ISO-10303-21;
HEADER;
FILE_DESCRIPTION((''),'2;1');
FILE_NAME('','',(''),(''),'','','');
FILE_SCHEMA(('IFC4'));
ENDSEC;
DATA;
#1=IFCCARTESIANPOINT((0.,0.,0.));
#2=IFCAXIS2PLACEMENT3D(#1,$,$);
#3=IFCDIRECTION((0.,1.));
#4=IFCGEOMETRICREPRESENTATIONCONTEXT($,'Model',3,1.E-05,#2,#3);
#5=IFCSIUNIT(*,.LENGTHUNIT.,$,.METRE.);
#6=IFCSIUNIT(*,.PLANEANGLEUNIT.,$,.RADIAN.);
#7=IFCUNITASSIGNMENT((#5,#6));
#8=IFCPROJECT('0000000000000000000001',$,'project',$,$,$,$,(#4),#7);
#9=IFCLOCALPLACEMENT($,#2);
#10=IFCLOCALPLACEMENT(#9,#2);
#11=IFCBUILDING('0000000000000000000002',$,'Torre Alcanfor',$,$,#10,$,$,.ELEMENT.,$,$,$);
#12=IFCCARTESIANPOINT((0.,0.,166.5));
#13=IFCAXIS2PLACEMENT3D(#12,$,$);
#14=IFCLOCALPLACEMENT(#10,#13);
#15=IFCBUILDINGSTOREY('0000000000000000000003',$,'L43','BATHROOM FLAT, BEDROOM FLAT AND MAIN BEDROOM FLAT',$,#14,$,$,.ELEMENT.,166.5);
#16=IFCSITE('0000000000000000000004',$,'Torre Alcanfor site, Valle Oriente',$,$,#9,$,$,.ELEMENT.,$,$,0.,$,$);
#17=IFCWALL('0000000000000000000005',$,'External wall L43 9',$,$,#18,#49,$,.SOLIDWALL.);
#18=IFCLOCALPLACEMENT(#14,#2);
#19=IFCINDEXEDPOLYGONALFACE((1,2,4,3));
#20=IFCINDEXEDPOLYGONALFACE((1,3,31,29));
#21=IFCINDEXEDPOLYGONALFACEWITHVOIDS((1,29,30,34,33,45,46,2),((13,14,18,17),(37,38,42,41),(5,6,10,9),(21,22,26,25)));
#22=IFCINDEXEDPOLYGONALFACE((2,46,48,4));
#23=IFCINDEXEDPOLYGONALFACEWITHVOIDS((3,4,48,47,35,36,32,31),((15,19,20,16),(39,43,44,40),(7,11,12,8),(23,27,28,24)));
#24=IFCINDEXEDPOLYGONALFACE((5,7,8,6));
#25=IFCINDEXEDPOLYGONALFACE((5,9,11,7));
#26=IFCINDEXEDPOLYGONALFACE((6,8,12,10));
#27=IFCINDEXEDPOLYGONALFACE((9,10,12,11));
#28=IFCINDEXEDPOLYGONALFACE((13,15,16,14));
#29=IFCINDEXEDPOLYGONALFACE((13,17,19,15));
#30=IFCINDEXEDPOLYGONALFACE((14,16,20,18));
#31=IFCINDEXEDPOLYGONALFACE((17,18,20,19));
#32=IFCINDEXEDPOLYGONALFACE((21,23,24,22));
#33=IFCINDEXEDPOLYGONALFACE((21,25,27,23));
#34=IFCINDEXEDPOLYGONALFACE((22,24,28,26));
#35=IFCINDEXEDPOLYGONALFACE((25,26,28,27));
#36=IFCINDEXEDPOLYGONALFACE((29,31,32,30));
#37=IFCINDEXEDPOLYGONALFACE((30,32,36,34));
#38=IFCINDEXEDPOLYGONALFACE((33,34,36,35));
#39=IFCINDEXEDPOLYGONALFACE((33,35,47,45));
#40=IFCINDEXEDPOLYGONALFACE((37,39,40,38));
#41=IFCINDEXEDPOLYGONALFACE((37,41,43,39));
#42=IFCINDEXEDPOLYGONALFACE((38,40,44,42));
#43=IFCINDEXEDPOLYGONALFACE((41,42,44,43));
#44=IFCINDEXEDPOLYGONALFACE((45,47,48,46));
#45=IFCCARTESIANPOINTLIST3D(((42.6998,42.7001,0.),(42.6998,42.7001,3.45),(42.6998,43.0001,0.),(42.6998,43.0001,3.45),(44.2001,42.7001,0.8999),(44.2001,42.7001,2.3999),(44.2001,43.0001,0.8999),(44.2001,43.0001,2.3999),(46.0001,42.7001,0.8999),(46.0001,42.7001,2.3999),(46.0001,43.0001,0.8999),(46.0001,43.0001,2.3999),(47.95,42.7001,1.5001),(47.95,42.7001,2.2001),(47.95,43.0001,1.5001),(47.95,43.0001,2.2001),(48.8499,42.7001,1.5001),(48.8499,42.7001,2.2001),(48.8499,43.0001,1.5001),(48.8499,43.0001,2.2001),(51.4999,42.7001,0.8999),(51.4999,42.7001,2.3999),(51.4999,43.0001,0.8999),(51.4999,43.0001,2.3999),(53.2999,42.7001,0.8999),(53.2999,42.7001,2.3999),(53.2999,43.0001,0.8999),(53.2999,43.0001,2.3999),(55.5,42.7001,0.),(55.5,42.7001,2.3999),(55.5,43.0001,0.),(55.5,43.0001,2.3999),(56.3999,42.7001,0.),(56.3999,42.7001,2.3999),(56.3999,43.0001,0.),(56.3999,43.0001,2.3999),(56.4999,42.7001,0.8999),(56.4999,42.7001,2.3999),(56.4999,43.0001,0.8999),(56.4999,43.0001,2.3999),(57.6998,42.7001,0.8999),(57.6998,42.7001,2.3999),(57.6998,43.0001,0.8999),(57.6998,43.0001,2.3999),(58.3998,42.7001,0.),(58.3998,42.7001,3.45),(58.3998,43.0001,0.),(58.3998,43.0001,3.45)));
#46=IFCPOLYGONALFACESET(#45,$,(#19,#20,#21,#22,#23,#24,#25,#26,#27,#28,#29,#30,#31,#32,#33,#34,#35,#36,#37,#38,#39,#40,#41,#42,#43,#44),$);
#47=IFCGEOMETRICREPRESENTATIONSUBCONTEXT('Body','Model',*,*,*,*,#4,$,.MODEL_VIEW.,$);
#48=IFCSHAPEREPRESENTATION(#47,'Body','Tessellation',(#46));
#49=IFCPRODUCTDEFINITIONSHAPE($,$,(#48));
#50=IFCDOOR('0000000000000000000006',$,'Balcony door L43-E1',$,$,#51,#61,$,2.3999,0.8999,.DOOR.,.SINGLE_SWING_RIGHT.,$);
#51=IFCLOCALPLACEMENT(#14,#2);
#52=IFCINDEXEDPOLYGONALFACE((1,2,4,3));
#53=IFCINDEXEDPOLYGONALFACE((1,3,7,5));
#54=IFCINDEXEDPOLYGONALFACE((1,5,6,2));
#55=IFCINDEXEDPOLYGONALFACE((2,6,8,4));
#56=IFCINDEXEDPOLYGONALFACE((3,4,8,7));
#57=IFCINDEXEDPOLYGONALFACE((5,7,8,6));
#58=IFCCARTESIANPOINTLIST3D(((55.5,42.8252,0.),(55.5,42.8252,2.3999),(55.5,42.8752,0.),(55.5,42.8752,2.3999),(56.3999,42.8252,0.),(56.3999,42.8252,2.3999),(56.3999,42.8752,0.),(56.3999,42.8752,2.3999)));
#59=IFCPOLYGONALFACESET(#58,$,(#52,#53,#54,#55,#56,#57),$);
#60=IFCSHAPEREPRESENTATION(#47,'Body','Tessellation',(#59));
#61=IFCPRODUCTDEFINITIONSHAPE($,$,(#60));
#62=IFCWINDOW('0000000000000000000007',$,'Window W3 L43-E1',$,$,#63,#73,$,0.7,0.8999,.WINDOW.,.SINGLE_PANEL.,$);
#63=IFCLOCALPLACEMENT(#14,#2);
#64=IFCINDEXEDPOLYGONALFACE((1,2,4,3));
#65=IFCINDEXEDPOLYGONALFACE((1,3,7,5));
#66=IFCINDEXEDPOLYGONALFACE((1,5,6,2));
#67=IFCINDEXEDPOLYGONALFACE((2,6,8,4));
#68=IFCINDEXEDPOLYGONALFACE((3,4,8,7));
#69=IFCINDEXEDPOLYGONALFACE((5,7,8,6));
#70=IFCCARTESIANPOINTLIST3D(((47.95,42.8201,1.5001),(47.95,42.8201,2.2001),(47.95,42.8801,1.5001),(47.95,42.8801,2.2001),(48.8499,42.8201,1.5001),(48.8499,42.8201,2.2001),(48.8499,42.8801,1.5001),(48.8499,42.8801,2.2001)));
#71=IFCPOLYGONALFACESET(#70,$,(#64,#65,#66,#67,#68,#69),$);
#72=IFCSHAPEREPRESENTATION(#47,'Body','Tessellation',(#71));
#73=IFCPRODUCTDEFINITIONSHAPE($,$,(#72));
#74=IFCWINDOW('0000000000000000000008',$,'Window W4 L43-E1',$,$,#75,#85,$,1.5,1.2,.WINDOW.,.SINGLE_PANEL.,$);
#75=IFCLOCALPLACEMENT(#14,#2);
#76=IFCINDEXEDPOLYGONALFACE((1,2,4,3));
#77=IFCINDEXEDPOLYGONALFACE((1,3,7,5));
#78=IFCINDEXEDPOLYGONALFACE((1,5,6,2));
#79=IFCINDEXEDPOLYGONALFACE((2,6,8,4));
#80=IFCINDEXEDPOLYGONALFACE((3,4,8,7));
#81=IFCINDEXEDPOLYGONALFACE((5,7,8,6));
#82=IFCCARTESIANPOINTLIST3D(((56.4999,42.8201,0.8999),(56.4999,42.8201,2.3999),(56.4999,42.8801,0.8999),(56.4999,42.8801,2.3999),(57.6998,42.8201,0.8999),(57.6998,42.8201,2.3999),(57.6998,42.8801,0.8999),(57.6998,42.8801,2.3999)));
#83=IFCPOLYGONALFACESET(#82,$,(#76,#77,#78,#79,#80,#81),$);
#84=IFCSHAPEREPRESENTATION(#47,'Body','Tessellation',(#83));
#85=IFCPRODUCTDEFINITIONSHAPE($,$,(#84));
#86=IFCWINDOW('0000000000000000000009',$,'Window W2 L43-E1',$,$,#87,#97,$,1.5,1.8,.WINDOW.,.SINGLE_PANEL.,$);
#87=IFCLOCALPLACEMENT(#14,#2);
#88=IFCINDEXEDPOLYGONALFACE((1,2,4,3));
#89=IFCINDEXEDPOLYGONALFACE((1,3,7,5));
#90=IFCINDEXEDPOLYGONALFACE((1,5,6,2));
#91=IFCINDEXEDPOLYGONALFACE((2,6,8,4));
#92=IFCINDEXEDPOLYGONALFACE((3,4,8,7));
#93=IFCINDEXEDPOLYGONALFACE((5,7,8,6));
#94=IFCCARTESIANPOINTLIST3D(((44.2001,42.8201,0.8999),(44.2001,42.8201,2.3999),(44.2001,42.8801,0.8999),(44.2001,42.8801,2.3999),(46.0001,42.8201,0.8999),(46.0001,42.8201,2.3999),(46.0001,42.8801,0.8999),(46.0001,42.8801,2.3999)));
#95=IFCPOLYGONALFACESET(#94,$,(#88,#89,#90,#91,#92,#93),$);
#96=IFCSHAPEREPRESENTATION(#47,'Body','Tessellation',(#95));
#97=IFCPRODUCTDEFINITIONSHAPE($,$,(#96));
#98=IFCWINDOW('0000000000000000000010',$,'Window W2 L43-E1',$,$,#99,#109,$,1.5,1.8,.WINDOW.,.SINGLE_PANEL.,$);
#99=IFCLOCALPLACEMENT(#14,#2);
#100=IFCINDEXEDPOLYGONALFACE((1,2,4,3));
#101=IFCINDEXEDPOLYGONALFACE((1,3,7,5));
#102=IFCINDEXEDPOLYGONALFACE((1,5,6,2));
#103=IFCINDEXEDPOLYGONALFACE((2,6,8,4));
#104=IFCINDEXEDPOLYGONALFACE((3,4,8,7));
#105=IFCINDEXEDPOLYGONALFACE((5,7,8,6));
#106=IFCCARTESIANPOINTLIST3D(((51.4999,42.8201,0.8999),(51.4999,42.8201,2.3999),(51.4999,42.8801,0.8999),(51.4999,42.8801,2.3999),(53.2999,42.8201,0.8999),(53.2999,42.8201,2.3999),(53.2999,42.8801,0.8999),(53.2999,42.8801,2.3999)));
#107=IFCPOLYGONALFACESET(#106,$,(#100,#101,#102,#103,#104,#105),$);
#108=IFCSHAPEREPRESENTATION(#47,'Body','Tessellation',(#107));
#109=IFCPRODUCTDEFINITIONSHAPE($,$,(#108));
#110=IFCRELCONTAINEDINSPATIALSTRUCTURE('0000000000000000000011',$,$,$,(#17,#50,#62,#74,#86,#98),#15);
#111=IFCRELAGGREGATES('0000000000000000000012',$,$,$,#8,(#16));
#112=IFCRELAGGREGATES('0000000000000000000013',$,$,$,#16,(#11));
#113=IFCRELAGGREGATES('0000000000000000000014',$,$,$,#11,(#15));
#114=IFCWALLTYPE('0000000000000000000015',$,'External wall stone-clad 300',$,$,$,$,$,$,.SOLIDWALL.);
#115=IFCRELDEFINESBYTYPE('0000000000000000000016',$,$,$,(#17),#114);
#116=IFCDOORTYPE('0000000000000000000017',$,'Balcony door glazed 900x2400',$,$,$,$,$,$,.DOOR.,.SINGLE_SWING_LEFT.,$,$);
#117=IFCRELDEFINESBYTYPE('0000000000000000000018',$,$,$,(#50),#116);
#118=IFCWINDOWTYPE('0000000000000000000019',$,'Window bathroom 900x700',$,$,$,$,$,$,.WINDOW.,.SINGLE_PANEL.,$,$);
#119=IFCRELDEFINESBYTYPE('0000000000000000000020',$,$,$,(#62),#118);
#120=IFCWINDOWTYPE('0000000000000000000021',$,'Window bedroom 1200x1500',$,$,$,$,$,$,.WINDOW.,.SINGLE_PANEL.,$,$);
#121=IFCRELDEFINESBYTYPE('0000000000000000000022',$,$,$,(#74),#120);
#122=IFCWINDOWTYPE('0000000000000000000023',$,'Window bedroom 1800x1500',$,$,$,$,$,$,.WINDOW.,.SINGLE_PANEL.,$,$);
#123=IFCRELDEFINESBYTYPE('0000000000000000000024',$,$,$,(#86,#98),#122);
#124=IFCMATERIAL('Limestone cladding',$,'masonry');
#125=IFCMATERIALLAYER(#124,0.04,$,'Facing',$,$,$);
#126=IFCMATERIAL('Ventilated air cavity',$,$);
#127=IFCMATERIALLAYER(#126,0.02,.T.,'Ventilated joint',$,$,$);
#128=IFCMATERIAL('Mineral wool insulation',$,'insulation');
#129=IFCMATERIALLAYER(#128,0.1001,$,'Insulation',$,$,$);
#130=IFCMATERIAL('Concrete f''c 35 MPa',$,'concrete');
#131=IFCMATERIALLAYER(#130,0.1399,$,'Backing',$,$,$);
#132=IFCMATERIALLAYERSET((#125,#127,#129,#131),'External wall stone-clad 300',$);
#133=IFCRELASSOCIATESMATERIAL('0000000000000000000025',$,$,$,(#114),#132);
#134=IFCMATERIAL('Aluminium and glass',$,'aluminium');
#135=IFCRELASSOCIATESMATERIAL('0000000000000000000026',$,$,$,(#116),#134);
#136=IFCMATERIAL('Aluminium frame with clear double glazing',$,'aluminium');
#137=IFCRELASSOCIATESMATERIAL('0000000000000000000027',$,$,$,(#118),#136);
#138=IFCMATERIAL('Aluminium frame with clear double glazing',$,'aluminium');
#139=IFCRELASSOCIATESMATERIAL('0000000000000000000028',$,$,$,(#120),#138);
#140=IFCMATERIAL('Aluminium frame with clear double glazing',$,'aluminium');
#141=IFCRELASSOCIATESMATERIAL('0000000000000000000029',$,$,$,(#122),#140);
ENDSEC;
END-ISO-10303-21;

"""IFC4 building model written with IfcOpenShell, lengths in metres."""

from ifc_helpers import new_model, si_unit, direction, frame, frame_2d, origin, place, context, subcontext, project, spatial, rectangle, extrude, material, layer, layer_set, type_object, element, fill, save


model = new_model("IFC4")

# Units and contexts
model_context = context("Model", 3, precision=1e-05, world=origin(), true_north=direction((0.0, 1.0)))
body_context = subcontext(model_context, "Body", "Model", "MODEL_VIEW")
ifc_project = project(units=[si_unit("LENGTHUNIT", "METRE"), si_unit("PLANEANGLEUNIT", "RADIAN")], contexts=[model_context])

# Site, building, storey
site_placement = place(None, origin())
site = spatial("IfcSite", under=ifc_project, at=site_placement, Name="Torre Alcanfor site, Valle Oriente", CompositionType="ELEMENT", RefElevation=0.0)
building_placement = place(site_placement, origin())
building = spatial("IfcBuilding", under=site, at=building_placement, Name="Torre Alcanfor", CompositionType="ELEMENT")
storey_placement = place(building_placement, frame((0.0, 0.0, 166.5)))
storey = spatial("IfcBuildingStorey", under=building, at=storey_placement, Name="L43", Description="BATHROOM FLAT, BEDROOM FLAT AND MAIN BEDROOM FLAT", CompositionType="ELEMENT", Elevation=166.5)

# Wall, openings, door, windows
ifc_material_1 = material(Name="Limestone cladding", Category="masonry")
ifc_layer_1 = layer(ifc_material_1, 0.04, Name="Facing")
ifc_material_2 = material(Name="Ventilated air cavity")
ifc_layer_2 = layer(ifc_material_2, 0.02, ventilated=True, Name="Ventilated joint")
ifc_material_3 = material(Name="Mineral wool insulation", Category="insulation")
ifc_layer_3 = layer(ifc_material_3, 0.1001, Name="Insulation")
ifc_material_4 = material(Name="Concrete f'c 35 MPa", Category="concrete")
ifc_layer_4 = layer(ifc_material_4, 0.1399, Name="Backing")
ifc_layer_set_1 = layer_set([ifc_layer_1, ifc_layer_2, ifc_layer_3, ifc_layer_4], Name="External wall stone-clad 300")
wall_type_1 = type_object("IfcWallType", Name="External wall stone-clad 300", PredefinedType="SOLIDWALL", material=ifc_layer_set_1)
wall_1_placement = place(storey_placement, frame((58.3999, 42.8501, 0.0), z_axis=(0.0, 0.0, 1.0), x_axis=(-1.0, 0.0, 0.0)))
wall_1 = element("IfcWall", 1, at=wall_1_placement, inside=storey, type_object=wall_type_1, Name="External wall L43 9", PredefinedType="SOLIDWALL", context=body_context, shape_type="SweptSolid", body=[
    extrude(rectangle(XDim=15.7, YDim=0.3, at=frame_2d((7.8501, 0.0))), origin(), (0.0, 0.0, 1.0), 3.45),
])
opening_1_placement = place(wall_1_placement, frame((12.3999, 0.0, 0.8999)))
opening_1 = element("IfcOpeningElement", 2, at=opening_1_placement, cuts=wall_1, PredefinedType="OPENING", context=body_context, shape_type="SweptSolid", body=[
    extrude(rectangle(XDim=1.8, YDim=1.5, at=frame_2d((0.8999, 0.75))), frame((0.0, 0.1599, 0.0), z_axis=(0.0, -1.0, 0.0), x_axis=(1.0, 0.0, 0.0)), (0.0, 0.0, 1.0), 0.3201),
])
opening_2_placement = place(wall_1_placement, frame((9.55, 0.0, 1.5)))
opening_2 = element("IfcOpeningElement", 3, at=opening_2_placement, cuts=wall_1, PredefinedType="OPENING", context=body_context, shape_type="SweptSolid", body=[
    extrude(rectangle(XDim=0.8999, YDim=0.7, at=frame_2d((0.45, 0.3501))), frame((0.0, 0.1599, 0.0), z_axis=(0.0, -1.0, 0.0), x_axis=(1.0, 0.0, 0.0)), (0.0, 0.0, 1.0), 0.3201),
])
opening_3_placement = place(wall_1_placement, frame((5.1001, 0.0, 0.8999)))
opening_3 = element("IfcOpeningElement", 4, at=opening_3_placement, cuts=wall_1, PredefinedType="OPENING", context=body_context, shape_type="SweptSolid", body=[
    extrude(rectangle(XDim=1.8, YDim=1.5, at=frame_2d((0.8999, 0.75))), frame((0.0, 0.1599, 0.0), z_axis=(0.0, -1.0, 0.0), x_axis=(1.0, 0.0, 0.0)), (0.0, 0.0, 1.0), 0.3201),
])
opening_4_placement = place(wall_1_placement, frame((2.0, 0.0, 0.0)))
opening_4 = element("IfcOpeningElement", 5, at=opening_4_placement, cuts=wall_1, PredefinedType="OPENING", context=body_context, shape_type="SweptSolid", body=[
    extrude(rectangle(XDim=0.8999, YDim=2.3999, at=frame_2d((0.45, 1.2))), frame((0.0, 0.1599, 0.0), z_axis=(0.0, -1.0, 0.0), x_axis=(1.0, 0.0, 0.0)), (0.0, 0.0, 1.0), 0.3201),
])
opening_5_placement = place(wall_1_placement, frame((0.7, 0.0, 0.8999)))
opening_5 = element("IfcOpeningElement", 6, at=opening_5_placement, cuts=wall_1, PredefinedType="OPENING", context=body_context, shape_type="SweptSolid", body=[
    extrude(rectangle(XDim=1.2, YDim=1.5, at=frame_2d((0.6001, 0.75))), frame((0.0, 0.1599, 0.0), z_axis=(0.0, -1.0, 0.0), x_axis=(1.0, 0.0, 0.0)), (0.0, 0.0, 1.0), 0.3201),
])
ifc_material_5 = material(Name="Aluminium and glass", Category="aluminium")
door_type_1 = type_object("IfcDoorType", Name="Balcony door glazed 900x2400", OperationType="SINGLE_SWING_LEFT", PredefinedType="DOOR", material=ifc_material_5)
door_1_placement = place(opening_4_placement, origin())
door_1 = element("IfcDoor", 7, at=door_1_placement, inside=storey, type_object=door_type_1, Name="Balcony door L43-E1", OperationType="SINGLE_SWING_RIGHT", OverallHeight=2.3999, OverallWidth=0.8999, PredefinedType="DOOR", context=body_context, shape_type="SweptSolid", body=[
    extrude(rectangle(XDim=0.8999, YDim=2.3999, at=frame_2d((0.45, 1.2))), frame((0.0, 0.0249, 0.0), z_axis=(0.0, -1.0, 0.0), x_axis=(1.0, 0.0, 0.0)), (0.0, 0.0, 1.0), 0.05),
])
fill(opening_4, door_1)
ifc_material_6 = material(Name="Aluminium frame with clear double glazing", Category="aluminium")
window_type_1 = type_object("IfcWindowType", Name="Window bathroom 900x700", PartitioningType="SINGLE_PANEL", PredefinedType="WINDOW", material=ifc_material_6)
window_1_placement = place(opening_2_placement, origin())
window_1 = element("IfcWindow", 8, at=window_1_placement, inside=storey, type_object=window_type_1, Name="Window W3 L43-E1", OverallHeight=0.7, OverallWidth=0.8999, PartitioningType="SINGLE_PANEL", PredefinedType="WINDOW", context=body_context, shape_type="SweptSolid", body=[
    extrude(rectangle(XDim=0.8999, YDim=0.7, at=frame_2d((0.45, 0.3501))), frame((0.0, 0.03, 0.0), z_axis=(0.0, -1.0, 0.0), x_axis=(1.0, 0.0, 0.0)), (0.0, 0.0, 1.0), 0.0601),
])
fill(opening_2, window_1)
ifc_material_7 = material(Name="Aluminium frame with clear double glazing", Category="aluminium")
window_type_2 = type_object("IfcWindowType", Name="Window bedroom 1200x1500", PartitioningType="SINGLE_PANEL", PredefinedType="WINDOW", material=ifc_material_7)
window_2_placement = place(opening_5_placement, origin())
window_2 = element("IfcWindow", 9, at=window_2_placement, inside=storey, type_object=window_type_2, Name="Window W4 L43-E1", OverallHeight=1.5, OverallWidth=1.2, PartitioningType="SINGLE_PANEL", PredefinedType="WINDOW", context=body_context, shape_type="SweptSolid", body=[
    extrude(rectangle(XDim=1.2, YDim=1.5, at=frame_2d((0.6001, 0.75))), frame((0.0, 0.03, 0.0), z_axis=(0.0, -1.0, 0.0), x_axis=(1.0, 0.0, 0.0)), (0.0, 0.0, 1.0), 0.0601),
])
fill(opening_5, window_2)
ifc_material_8 = material(Name="Aluminium frame with clear double glazing", Category="aluminium")
window_type_3 = type_object("IfcWindowType", Name="Window bedroom 1800x1500", PartitioningType="SINGLE_PANEL", PredefinedType="WINDOW", material=ifc_material_8)
window_3_placement = place(opening_1_placement, origin())
window_3 = element("IfcWindow", 10, at=window_3_placement, inside=storey, type_object=window_type_3, Name="Window W2 L43-E1", OverallHeight=1.5, OverallWidth=1.8, PartitioningType="SINGLE_PANEL", PredefinedType="WINDOW", context=body_context, shape_type="SweptSolid", body=[
    extrude(rectangle(XDim=1.8, YDim=1.5, at=frame_2d((0.8999, 0.75))), frame((0.0, 0.03, 0.0), z_axis=(0.0, -1.0, 0.0), x_axis=(1.0, 0.0, 0.0)), (0.0, 0.0, 1.0), 0.0601),
])
fill(opening_1, window_3)
window_4_placement = place(opening_3_placement, origin())
window_4 = element("IfcWindow", 11, at=window_4_placement, inside=storey, type_object=window_type_3, Name="Window W2 L43-E1", OverallHeight=1.5, OverallWidth=1.8, PartitioningType="SINGLE_PANEL", PredefinedType="WINDOW", context=body_context, shape_type="SweptSolid", body=[
    extrude(rectangle(XDim=1.8, YDim=1.5, at=frame_2d((0.8999, 0.75))), frame((0.0, 0.03, 0.0), z_axis=(0.0, -1.0, 0.0), x_axis=(1.0, 0.0, 0.0)), (0.0, 0.0, 1.0), 0.0601),
])
fill(opening_3, window_4)

save(model, "model.ifc")
